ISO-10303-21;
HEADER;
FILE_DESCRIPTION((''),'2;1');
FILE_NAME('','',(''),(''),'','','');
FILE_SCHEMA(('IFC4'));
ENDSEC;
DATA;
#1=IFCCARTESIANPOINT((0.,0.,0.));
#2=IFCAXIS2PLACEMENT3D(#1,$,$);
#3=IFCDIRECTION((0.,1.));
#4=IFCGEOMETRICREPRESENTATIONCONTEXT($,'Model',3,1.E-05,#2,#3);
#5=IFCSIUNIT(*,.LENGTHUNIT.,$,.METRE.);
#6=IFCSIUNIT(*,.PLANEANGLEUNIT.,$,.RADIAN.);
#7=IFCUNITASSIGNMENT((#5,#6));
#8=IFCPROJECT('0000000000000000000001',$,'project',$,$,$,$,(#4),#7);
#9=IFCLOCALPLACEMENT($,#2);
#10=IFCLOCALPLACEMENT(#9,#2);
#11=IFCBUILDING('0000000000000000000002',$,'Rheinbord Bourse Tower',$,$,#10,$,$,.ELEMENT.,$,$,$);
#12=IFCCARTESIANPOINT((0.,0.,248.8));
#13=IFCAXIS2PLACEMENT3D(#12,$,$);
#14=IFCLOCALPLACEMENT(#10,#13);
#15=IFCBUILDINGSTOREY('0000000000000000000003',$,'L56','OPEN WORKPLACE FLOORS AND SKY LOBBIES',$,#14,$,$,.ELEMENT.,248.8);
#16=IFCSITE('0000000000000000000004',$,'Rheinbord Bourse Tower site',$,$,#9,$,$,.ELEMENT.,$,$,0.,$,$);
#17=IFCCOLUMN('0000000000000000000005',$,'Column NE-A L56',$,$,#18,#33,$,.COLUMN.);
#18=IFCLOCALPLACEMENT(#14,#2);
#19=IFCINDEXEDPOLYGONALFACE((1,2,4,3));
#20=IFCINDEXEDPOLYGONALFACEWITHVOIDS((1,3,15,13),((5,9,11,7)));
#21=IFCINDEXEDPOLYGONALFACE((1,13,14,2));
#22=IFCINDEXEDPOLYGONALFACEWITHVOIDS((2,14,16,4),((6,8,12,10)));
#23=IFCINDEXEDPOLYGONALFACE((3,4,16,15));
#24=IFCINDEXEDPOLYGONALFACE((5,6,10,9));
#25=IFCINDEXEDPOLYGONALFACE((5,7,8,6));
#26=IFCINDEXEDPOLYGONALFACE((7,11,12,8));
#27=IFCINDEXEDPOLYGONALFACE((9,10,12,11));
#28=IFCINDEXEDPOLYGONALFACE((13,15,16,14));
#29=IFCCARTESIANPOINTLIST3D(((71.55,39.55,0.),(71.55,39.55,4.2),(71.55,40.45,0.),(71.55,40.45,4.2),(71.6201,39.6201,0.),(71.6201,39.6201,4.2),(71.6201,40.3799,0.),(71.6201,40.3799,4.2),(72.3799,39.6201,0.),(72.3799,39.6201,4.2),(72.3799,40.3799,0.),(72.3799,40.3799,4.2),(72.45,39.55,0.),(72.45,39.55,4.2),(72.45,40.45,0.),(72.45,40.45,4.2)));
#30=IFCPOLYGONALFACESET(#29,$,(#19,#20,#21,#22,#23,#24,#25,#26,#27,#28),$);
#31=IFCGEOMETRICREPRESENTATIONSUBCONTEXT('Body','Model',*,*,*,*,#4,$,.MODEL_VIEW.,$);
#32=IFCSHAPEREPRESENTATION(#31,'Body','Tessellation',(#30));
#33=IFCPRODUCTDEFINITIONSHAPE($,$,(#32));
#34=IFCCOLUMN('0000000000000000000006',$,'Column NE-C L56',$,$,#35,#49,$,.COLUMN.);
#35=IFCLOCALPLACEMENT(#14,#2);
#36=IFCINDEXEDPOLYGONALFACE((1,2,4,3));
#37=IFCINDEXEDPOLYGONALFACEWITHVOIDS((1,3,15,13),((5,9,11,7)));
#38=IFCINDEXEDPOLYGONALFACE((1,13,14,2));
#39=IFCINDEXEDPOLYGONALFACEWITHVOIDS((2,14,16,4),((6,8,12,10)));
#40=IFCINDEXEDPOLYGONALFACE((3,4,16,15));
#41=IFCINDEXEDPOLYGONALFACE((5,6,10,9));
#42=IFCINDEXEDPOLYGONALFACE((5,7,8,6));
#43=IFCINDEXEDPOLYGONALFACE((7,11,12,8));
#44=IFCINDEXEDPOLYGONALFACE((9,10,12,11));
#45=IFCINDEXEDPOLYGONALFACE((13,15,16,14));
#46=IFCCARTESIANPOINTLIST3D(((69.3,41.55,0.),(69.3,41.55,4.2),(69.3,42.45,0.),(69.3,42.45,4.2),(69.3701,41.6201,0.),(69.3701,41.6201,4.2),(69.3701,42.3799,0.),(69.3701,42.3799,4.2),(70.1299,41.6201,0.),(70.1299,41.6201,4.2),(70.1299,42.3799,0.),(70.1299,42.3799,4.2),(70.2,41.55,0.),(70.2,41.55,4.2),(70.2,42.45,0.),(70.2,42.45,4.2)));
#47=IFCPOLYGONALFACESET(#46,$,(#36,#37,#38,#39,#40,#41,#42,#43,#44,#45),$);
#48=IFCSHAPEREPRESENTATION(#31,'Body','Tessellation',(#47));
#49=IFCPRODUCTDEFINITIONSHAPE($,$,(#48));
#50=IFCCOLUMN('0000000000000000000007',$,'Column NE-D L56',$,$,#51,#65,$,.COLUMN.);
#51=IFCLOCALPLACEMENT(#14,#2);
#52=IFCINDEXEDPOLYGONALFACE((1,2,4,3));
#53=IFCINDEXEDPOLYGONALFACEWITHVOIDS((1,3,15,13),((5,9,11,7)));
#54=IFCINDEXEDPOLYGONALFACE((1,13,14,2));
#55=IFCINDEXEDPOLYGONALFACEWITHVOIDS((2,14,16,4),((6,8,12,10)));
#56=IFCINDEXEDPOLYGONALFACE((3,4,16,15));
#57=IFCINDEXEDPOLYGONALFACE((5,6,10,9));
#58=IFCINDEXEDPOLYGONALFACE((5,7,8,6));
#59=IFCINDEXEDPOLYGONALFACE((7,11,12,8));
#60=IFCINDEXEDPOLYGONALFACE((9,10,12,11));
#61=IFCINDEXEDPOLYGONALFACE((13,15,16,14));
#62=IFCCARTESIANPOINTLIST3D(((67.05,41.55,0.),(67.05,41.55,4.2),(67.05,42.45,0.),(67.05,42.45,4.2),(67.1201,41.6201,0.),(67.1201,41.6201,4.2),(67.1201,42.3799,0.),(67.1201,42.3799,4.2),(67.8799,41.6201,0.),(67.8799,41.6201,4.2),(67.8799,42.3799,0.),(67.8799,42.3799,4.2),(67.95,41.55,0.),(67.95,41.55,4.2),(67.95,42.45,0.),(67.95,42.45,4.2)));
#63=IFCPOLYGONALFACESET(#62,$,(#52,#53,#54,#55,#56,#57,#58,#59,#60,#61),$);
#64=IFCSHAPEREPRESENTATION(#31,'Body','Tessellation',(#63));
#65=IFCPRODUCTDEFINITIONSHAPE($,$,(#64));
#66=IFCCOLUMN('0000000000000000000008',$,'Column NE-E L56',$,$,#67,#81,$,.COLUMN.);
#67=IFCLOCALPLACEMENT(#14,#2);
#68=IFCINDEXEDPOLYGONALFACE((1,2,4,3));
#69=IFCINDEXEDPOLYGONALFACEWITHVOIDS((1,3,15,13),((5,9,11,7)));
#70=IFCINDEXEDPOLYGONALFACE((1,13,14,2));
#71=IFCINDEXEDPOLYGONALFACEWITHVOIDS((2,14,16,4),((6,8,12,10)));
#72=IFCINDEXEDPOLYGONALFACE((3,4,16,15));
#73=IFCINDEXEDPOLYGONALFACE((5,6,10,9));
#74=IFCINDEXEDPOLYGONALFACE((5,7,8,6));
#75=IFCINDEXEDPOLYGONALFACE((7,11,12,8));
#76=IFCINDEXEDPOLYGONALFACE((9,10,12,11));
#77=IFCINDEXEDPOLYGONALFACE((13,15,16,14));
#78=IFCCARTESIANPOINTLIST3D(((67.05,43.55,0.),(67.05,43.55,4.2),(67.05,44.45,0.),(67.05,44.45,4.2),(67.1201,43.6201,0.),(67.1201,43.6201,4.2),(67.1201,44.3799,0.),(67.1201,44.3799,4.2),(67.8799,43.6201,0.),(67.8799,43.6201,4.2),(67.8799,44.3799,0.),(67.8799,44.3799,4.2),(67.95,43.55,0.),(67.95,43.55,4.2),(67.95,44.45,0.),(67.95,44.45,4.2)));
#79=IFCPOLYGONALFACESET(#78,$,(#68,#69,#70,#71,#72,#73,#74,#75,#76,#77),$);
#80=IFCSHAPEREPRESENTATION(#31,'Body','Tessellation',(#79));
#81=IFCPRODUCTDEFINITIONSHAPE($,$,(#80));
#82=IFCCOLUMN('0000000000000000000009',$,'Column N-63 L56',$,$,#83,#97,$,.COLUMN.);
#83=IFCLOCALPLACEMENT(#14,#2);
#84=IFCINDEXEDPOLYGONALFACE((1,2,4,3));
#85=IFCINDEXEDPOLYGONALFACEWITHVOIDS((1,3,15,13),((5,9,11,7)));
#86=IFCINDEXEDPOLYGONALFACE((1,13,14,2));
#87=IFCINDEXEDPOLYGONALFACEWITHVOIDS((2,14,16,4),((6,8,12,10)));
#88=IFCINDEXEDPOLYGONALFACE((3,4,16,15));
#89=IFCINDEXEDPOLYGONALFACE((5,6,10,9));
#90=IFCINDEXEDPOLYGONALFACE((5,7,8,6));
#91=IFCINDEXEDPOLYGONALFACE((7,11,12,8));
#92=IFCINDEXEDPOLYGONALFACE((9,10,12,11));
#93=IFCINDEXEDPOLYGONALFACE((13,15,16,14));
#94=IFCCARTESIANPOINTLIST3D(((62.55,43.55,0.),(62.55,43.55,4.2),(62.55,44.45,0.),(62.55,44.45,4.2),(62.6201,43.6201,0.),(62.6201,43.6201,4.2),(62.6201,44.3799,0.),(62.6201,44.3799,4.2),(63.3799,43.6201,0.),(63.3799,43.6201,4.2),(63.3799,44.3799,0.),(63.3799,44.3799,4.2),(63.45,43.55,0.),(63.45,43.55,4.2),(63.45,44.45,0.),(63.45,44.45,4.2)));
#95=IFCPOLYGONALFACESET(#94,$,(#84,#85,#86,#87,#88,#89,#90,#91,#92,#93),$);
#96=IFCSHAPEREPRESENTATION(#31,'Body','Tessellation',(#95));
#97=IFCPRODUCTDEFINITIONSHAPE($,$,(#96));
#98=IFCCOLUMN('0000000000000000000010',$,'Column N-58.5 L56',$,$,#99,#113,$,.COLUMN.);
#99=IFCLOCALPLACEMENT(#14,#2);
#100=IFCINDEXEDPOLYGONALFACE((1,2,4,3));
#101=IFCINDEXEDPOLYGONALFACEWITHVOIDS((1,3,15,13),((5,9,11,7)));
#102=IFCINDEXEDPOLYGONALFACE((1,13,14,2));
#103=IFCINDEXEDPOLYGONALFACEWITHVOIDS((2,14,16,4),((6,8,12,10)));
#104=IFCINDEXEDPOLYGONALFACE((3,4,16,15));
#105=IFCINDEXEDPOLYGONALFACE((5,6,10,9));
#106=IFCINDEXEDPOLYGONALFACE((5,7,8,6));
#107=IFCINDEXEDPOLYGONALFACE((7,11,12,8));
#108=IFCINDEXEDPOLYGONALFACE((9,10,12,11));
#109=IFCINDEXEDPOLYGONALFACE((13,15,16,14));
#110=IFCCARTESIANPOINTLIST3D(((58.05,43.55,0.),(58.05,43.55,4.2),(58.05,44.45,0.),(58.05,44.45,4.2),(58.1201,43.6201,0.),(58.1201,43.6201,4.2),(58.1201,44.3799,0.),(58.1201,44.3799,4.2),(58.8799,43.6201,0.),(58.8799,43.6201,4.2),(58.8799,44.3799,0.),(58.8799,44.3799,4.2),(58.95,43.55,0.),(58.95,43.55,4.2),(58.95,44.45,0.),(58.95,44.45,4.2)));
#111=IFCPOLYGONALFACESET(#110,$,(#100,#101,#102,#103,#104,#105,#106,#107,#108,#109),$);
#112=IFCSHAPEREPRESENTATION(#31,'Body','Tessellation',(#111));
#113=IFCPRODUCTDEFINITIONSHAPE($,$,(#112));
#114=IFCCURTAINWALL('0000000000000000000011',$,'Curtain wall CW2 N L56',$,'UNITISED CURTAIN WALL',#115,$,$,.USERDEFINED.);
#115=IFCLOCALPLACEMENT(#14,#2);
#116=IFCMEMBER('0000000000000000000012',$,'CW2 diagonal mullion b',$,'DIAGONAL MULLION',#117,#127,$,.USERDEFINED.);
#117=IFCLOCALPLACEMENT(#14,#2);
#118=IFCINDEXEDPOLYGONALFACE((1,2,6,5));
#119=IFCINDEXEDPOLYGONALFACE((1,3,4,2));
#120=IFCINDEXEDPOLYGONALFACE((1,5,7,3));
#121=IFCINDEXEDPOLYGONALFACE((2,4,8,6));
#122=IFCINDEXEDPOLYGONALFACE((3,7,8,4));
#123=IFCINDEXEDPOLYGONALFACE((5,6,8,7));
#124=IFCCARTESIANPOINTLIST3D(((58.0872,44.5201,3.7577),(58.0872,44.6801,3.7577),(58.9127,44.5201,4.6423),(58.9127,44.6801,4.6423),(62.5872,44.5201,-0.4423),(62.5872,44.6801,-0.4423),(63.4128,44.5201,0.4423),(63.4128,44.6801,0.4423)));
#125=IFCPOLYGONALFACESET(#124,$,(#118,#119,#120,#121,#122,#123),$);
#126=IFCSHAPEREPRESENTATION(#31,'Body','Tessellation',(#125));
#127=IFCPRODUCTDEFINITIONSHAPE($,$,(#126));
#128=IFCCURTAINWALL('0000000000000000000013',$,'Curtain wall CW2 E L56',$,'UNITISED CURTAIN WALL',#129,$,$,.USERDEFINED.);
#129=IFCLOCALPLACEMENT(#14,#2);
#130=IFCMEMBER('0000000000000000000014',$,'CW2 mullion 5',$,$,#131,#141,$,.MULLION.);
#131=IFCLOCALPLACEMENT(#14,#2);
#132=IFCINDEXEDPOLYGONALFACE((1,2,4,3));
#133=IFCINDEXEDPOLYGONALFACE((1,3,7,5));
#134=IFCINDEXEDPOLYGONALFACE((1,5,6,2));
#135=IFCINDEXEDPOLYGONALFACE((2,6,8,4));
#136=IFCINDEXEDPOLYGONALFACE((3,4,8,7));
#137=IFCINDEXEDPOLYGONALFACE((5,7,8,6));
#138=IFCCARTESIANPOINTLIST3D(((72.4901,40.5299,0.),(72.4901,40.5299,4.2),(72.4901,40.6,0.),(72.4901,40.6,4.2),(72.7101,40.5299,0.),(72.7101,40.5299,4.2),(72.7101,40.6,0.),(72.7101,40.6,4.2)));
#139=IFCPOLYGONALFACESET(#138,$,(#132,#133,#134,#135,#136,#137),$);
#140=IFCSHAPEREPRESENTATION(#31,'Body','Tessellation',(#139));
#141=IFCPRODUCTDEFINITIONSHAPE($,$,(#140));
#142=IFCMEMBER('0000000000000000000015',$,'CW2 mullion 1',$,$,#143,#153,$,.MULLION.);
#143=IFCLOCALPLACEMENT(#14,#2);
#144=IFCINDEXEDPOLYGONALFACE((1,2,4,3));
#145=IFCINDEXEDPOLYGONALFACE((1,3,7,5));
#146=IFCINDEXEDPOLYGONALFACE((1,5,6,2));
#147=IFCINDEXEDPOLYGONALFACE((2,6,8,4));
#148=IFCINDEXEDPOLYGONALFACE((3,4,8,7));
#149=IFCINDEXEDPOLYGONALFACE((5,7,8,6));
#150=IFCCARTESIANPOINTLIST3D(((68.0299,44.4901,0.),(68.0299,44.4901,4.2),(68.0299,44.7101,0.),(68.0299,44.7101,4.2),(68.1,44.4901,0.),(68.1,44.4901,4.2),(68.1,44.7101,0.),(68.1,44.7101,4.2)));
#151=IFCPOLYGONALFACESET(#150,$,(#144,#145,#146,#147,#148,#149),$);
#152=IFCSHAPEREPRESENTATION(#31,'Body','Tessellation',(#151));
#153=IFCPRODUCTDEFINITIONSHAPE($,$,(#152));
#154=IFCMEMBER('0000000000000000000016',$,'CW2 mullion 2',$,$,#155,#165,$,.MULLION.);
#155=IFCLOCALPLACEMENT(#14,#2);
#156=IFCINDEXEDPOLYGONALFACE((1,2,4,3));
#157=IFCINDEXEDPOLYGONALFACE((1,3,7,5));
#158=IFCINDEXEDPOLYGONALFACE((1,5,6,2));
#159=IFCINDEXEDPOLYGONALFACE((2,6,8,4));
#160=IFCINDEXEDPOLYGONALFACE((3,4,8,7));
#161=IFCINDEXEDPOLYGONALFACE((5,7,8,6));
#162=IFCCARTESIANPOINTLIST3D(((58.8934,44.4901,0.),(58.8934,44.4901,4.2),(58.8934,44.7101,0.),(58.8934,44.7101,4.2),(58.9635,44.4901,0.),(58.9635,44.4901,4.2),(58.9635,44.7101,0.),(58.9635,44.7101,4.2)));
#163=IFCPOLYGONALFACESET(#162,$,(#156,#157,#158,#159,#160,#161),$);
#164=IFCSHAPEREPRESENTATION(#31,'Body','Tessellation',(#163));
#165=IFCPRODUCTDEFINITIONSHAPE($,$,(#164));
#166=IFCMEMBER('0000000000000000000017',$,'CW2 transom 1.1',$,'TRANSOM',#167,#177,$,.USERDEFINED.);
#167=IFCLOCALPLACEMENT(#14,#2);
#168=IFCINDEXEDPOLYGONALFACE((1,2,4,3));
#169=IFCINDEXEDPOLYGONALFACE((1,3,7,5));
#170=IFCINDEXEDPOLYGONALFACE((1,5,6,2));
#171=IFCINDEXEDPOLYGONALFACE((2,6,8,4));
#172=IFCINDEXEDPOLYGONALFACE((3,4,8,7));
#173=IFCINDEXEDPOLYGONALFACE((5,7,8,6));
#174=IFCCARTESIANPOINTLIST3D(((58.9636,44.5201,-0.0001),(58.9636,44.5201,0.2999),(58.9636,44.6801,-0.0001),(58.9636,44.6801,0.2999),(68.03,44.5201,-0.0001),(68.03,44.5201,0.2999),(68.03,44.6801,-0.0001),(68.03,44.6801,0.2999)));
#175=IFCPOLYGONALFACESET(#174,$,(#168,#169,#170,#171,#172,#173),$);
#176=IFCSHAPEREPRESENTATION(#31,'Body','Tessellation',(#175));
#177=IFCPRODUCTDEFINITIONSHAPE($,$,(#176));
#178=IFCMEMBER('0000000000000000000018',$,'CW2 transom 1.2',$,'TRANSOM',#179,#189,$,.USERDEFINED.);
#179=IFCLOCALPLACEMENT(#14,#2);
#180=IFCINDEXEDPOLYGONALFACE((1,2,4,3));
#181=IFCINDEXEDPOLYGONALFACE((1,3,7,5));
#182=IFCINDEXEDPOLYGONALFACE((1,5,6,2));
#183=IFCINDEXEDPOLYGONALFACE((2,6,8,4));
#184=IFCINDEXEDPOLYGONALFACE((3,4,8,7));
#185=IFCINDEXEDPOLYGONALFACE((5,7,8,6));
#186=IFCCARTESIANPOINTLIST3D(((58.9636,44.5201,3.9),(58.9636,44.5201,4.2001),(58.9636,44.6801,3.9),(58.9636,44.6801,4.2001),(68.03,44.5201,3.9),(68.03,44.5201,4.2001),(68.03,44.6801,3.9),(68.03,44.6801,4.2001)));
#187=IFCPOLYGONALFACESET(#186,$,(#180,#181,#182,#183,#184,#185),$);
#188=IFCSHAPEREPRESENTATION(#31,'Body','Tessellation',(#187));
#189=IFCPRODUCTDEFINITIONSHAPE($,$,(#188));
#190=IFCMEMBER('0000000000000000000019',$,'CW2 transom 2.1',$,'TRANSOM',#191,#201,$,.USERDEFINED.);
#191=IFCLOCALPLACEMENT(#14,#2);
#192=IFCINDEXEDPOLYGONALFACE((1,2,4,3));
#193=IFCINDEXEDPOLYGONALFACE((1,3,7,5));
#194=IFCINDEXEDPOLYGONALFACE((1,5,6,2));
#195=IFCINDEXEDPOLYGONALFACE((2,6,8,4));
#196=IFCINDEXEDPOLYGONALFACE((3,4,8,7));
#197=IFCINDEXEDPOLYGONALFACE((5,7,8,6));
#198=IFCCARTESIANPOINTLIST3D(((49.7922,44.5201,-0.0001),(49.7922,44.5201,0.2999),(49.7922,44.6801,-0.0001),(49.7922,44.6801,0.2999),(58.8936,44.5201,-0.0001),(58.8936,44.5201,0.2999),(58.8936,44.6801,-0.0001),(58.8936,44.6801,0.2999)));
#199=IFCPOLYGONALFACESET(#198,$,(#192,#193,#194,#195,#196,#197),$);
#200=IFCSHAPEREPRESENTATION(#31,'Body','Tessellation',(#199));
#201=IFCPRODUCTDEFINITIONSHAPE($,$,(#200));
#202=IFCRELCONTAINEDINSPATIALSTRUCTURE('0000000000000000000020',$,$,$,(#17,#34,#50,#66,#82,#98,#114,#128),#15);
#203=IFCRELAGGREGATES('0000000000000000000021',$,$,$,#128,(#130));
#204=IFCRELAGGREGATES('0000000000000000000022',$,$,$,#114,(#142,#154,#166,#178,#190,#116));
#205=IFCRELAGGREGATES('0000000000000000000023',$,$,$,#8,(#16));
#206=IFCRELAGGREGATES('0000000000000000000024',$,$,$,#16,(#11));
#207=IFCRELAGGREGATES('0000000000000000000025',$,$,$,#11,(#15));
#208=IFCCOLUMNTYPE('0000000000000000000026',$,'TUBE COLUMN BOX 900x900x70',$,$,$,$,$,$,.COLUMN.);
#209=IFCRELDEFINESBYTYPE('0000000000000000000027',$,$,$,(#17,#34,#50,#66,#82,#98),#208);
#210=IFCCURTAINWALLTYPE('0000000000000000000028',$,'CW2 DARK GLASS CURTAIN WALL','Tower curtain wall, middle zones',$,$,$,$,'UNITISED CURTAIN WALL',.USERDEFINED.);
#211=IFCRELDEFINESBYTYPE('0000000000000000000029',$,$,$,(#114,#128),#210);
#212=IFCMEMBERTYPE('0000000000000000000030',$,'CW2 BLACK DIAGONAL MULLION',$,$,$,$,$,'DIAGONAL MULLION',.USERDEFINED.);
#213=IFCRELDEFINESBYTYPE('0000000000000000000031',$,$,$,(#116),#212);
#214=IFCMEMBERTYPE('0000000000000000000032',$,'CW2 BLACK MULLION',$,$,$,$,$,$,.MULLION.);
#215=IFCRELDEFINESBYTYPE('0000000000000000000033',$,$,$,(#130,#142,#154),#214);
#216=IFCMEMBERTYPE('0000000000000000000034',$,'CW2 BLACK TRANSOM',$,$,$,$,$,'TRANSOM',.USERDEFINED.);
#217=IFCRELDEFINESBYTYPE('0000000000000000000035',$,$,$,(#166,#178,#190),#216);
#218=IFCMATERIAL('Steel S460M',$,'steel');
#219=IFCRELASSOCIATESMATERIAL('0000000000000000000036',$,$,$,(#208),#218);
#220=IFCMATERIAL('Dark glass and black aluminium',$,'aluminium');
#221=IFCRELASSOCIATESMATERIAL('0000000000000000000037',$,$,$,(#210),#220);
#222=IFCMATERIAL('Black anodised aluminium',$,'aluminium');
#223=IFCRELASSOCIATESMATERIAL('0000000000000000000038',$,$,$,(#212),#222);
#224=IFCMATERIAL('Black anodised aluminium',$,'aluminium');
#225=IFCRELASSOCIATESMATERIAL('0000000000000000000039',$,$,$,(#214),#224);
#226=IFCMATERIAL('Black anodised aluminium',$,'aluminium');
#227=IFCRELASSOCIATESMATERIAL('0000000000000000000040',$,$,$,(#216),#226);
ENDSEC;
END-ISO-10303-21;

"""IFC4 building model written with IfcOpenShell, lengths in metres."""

from ifc_helpers import new_model, si_unit, direction, frame, origin, origin_2d, place, context, subcontext, project, spatial, rectangle, hollow_rectangle, extrude, material, material_profile, profile_set, type_object, element, aggregate, save


model = new_model("IFC4")

# Units and contexts
model_context = context("Model", 3, precision=1e-05, world=origin(), true_north=direction((0.0, 1.0)))
body_context = subcontext(model_context, "Body", "Model", "MODEL_VIEW")
ifc_project = project(units=[si_unit("LENGTHUNIT", "METRE"), si_unit("PLANEANGLEUNIT", "RADIAN")], contexts=[model_context])

# Site, building, storey
site_placement = place(None, origin())
site = spatial("IfcSite", under=ifc_project, at=site_placement, Name="Rheinbord Bourse Tower site", CompositionType="ELEMENT", RefElevation=0.0)
building_placement = place(site_placement, origin())
building = spatial("IfcBuilding", under=site, at=building_placement, Name="Rheinbord Bourse Tower", CompositionType="ELEMENT")
storey_placement = place(building_placement, frame((0.0, 0.0, 248.8)))
storey = spatial("IfcBuildingStorey", under=building, at=storey_placement, Name="L56", Description="OPEN WORKPLACE FLOORS AND SKY LOBBIES", CompositionType="ELEMENT", Elevation=248.8)

# Columns
ifc_material_1 = material(Name="Steel S460M", Category="steel")
ifc_material_profile_1 = material_profile(ifc_material_1, hollow_rectangle(XDim=0.8999, YDim=0.8999, WallThickness=0.0701, at=origin_2d()), Name="BOX 900x900x70")
ifc_profile_set_1 = profile_set([ifc_material_profile_1], Name="Steel S460M")
column_type = type_object("IfcColumnType", Name="TUBE COLUMN BOX 900x900x70", PredefinedType="COLUMN", material=ifc_profile_set_1)
for number, where, z_axis, x_axis, name in (
    (1, (72.0, 40.0, 0.0), (0.0, 0.0, 1.0), (1.0, 0.0, 0.0), "Column NE-A L56"),
    (2, (69.75, 42.0, 0.0), (0.0, 0.0, 1.0), (1.0, 0.0, 0.0), "Column NE-C L56"),
    (3, (67.5, 42.0, 0.0), (0.0, 0.0, 1.0), (0.0, 1.0, 0.0), "Column NE-D L56"),
    (4, (67.5, 44.0, 0.0), (0.0, 0.0, 1.0), (0.0, 1.0, 0.0), "Column NE-E L56"),
    (5, (63.0, 44.0, 0.0), (0.0, 0.0, 1.0), (0.0, 1.0, 0.0), "Column N-63 L56"),
    (6, (58.5, 44.0, 0.0), (0.0, 0.0, 1.0), (0.0, 1.0, 0.0), "Column N-58.5 L56"),
):
    element("IfcColumn", number, at=place(storey_placement, frame(where, z_axis=z_axis, x_axis=x_axis)), inside=storey, type_object=column_type, Name=name, PredefinedType="COLUMN", context=body_context, shape_type="SweptSolid", body=[
        extrude(hollow_rectangle(XDim=0.8999, YDim=0.8999, WallThickness=0.0701, at=origin_2d()), origin(), (0.0, 0.0, 1.0), 4.2),
    ])

# Curtain walls, members
ifc_material_2 = material(Name="Dark glass and black aluminium", Category="aluminium")
curtain_wall_type = type_object("IfcCurtainWallType", Name="CW2 DARK GLASS CURTAIN WALL", Description="Tower curtain wall, middle zones", ElementType="UNITISED CURTAIN WALL", PredefinedType="USERDEFINED", material=ifc_material_2)
curtain_wall_1_placement = place(storey_placement, origin())
curtain_wall_1 = element("IfcCurtainWall", 7, at=curtain_wall_1_placement, inside=storey, type_object=curtain_wall_type, Name="Curtain wall CW2 N L56", ObjectType="UNITISED CURTAIN WALL", PredefinedType="USERDEFINED")
ifc_material_3 = material(Name="Black anodised aluminium", Category="aluminium")
ifc_material_profile_2 = material_profile(ifc_material_3, rectangle(XDim=0.1599, YDim=1.21, at=origin_2d()), Name="CW2 DIAGONAL MULLION 1210x160")
ifc_profile_set_2 = profile_set([ifc_material_profile_2], Name="Black anodised aluminium")
member_type_1 = type_object("IfcMemberType", Name="CW2 BLACK DIAGONAL MULLION", ElementType="DIAGONAL MULLION", PredefinedType="USERDEFINED", material=ifc_profile_set_2)
member_1_placement = place(storey_placement, frame((63.0, 44.6001, 0.0), z_axis=(-0.731059, 0.0, 0.682314), x_axis=(0.0, -1.0, 0.0)))
member_1 = element("IfcMember", 8, at=member_1_placement, type_object=member_type_1, Name="CW2 diagonal mullion b", ObjectType="DIAGONAL MULLION", PredefinedType="USERDEFINED", context=body_context, shape_type="SweptSolid", body=[
    extrude(rectangle(XDim=0.1599, YDim=1.21, at=origin_2d()), origin(), (0.0, 0.0, 1.0), 6.1555),
])
curtain_wall_2_placement = place(storey_placement, origin())
curtain_wall_2 = element("IfcCurtainWall", 9, at=curtain_wall_2_placement, inside=storey, type_object=curtain_wall_type, Name="Curtain wall CW2 E L56", ObjectType="UNITISED CURTAIN WALL", PredefinedType="USERDEFINED")
ifc_material_4 = material(Name="Black anodised aluminium", Category="aluminium")
ifc_material_profile_3 = material_profile(ifc_material_4, rectangle(XDim=0.22, YDim=0.0701, at=origin_2d()), Name="CW2 MULLION 70x220")
ifc_profile_set_3 = profile_set([ifc_material_profile_3], Name="Black anodised aluminium")
member_type_2 = type_object("IfcMemberType", Name="CW2 BLACK MULLION", PredefinedType="MULLION", material=ifc_profile_set_3)
member_2_placement = place(storey_placement, frame((72.6001, 40.5649, 0.0), z_axis=(0.0, 0.0, 1.0), x_axis=(-1.0, 0.0, 0.0)))
member_2 = element("IfcMember", 10, at=member_2_placement, type_object=member_type_2, Name="CW2 mullion 5", PredefinedType="MULLION", context=body_context, shape_type="SweptSolid", body=[
    extrude(rectangle(XDim=0.22, YDim=0.0701, at=origin_2d()), origin(), (0.0, 0.0, 1.0), 4.2),
])

# Members
member_3_placement = place(storey_placement, frame((68.0649, 44.6001, 0.0), z_axis=(0.0, 0.0, 1.0), x_axis=(0.0, -1.0, 0.0)))
member_3 = element("IfcMember", 11, at=member_3_placement, type_object=member_type_2, Name="CW2 mullion 1", PredefinedType="MULLION", context=body_context, shape_type="SweptSolid", body=[
    extrude(rectangle(XDim=0.22, YDim=0.0701, at=origin_2d()), origin(), (0.0, 0.0, 1.0), 4.2),
])
member_4_placement = place(storey_placement, frame((58.9285, 44.6001, 0.0), z_axis=(0.0, 0.0, 1.0), x_axis=(0.0, -1.0, 0.0)))
member_4 = element("IfcMember", 12, at=member_4_placement, type_object=member_type_2, Name="CW2 mullion 2", PredefinedType="MULLION", context=body_context, shape_type="SweptSolid", body=[
    extrude(rectangle(XDim=0.22, YDim=0.0701, at=origin_2d()), origin(), (0.0, 0.0, 1.0), 4.2),
])
ifc_material_5 = material(Name="Black anodised aluminium", Category="aluminium")
ifc_material_profile_4 = material_profile(ifc_material_5, rectangle(XDim=0.1599, YDim=0.3, at=origin_2d()), Name="CW2 TRANSOM 300x160")
ifc_profile_set_4 = profile_set([ifc_material_profile_4], Name="Black anodised aluminium")
member_type_3 = type_object("IfcMemberType", Name="CW2 BLACK TRANSOM", ElementType="TRANSOM", PredefinedType="USERDEFINED", material=ifc_profile_set_4)
member_5_placement = place(storey_placement, frame((68.03, 44.6001, 0.1499), z_axis=(-1.0, 0.0, 0.0), x_axis=(0.0, -1.0, 0.0)))
member_5 = element("IfcMember", 13, at=member_5_placement, type_object=member_type_3, Name="CW2 transom 1.1", ObjectType="TRANSOM", PredefinedType="USERDEFINED", context=body_context, shape_type="SweptSolid", body=[
    extrude(rectangle(XDim=0.1599, YDim=0.3, at=origin_2d()), origin(), (0.0, 0.0, 1.0), 9.0664),
])
member_6_placement = place(storey_placement, frame((68.03, 44.6001, 4.05), z_axis=(-1.0, 0.0, 0.0), x_axis=(0.0, -1.0, 0.0)))
member_6 = element("IfcMember", 14, at=member_6_placement, type_object=member_type_3, Name="CW2 transom 1.2", ObjectType="TRANSOM", PredefinedType="USERDEFINED", context=body_context, shape_type="SweptSolid", body=[
    extrude(rectangle(XDim=0.1599, YDim=0.3, at=origin_2d()), origin(), (0.0, 0.0, 1.0), 9.0664),
])
member_7_placement = place(storey_placement, frame((58.8936, 44.6001, 0.1499), z_axis=(-1.0, 0.0, 0.0), x_axis=(0.0, -1.0, 0.0)))
member_7 = element("IfcMember", 15, at=member_7_placement, type_object=member_type_3, Name="CW2 transom 2.1", ObjectType="TRANSOM", PredefinedType="USERDEFINED", context=body_context, shape_type="SweptSolid", body=[
    extrude(rectangle(XDim=0.1599, YDim=0.3, at=origin_2d()), origin(), (0.0, 0.0, 1.0), 9.1013),
])

aggregate(curtain_wall_2, [member_2])
aggregate(curtain_wall_1, [member_3, member_4, member_5, member_6, member_7, member_1])

save(model, "model.ifc")
